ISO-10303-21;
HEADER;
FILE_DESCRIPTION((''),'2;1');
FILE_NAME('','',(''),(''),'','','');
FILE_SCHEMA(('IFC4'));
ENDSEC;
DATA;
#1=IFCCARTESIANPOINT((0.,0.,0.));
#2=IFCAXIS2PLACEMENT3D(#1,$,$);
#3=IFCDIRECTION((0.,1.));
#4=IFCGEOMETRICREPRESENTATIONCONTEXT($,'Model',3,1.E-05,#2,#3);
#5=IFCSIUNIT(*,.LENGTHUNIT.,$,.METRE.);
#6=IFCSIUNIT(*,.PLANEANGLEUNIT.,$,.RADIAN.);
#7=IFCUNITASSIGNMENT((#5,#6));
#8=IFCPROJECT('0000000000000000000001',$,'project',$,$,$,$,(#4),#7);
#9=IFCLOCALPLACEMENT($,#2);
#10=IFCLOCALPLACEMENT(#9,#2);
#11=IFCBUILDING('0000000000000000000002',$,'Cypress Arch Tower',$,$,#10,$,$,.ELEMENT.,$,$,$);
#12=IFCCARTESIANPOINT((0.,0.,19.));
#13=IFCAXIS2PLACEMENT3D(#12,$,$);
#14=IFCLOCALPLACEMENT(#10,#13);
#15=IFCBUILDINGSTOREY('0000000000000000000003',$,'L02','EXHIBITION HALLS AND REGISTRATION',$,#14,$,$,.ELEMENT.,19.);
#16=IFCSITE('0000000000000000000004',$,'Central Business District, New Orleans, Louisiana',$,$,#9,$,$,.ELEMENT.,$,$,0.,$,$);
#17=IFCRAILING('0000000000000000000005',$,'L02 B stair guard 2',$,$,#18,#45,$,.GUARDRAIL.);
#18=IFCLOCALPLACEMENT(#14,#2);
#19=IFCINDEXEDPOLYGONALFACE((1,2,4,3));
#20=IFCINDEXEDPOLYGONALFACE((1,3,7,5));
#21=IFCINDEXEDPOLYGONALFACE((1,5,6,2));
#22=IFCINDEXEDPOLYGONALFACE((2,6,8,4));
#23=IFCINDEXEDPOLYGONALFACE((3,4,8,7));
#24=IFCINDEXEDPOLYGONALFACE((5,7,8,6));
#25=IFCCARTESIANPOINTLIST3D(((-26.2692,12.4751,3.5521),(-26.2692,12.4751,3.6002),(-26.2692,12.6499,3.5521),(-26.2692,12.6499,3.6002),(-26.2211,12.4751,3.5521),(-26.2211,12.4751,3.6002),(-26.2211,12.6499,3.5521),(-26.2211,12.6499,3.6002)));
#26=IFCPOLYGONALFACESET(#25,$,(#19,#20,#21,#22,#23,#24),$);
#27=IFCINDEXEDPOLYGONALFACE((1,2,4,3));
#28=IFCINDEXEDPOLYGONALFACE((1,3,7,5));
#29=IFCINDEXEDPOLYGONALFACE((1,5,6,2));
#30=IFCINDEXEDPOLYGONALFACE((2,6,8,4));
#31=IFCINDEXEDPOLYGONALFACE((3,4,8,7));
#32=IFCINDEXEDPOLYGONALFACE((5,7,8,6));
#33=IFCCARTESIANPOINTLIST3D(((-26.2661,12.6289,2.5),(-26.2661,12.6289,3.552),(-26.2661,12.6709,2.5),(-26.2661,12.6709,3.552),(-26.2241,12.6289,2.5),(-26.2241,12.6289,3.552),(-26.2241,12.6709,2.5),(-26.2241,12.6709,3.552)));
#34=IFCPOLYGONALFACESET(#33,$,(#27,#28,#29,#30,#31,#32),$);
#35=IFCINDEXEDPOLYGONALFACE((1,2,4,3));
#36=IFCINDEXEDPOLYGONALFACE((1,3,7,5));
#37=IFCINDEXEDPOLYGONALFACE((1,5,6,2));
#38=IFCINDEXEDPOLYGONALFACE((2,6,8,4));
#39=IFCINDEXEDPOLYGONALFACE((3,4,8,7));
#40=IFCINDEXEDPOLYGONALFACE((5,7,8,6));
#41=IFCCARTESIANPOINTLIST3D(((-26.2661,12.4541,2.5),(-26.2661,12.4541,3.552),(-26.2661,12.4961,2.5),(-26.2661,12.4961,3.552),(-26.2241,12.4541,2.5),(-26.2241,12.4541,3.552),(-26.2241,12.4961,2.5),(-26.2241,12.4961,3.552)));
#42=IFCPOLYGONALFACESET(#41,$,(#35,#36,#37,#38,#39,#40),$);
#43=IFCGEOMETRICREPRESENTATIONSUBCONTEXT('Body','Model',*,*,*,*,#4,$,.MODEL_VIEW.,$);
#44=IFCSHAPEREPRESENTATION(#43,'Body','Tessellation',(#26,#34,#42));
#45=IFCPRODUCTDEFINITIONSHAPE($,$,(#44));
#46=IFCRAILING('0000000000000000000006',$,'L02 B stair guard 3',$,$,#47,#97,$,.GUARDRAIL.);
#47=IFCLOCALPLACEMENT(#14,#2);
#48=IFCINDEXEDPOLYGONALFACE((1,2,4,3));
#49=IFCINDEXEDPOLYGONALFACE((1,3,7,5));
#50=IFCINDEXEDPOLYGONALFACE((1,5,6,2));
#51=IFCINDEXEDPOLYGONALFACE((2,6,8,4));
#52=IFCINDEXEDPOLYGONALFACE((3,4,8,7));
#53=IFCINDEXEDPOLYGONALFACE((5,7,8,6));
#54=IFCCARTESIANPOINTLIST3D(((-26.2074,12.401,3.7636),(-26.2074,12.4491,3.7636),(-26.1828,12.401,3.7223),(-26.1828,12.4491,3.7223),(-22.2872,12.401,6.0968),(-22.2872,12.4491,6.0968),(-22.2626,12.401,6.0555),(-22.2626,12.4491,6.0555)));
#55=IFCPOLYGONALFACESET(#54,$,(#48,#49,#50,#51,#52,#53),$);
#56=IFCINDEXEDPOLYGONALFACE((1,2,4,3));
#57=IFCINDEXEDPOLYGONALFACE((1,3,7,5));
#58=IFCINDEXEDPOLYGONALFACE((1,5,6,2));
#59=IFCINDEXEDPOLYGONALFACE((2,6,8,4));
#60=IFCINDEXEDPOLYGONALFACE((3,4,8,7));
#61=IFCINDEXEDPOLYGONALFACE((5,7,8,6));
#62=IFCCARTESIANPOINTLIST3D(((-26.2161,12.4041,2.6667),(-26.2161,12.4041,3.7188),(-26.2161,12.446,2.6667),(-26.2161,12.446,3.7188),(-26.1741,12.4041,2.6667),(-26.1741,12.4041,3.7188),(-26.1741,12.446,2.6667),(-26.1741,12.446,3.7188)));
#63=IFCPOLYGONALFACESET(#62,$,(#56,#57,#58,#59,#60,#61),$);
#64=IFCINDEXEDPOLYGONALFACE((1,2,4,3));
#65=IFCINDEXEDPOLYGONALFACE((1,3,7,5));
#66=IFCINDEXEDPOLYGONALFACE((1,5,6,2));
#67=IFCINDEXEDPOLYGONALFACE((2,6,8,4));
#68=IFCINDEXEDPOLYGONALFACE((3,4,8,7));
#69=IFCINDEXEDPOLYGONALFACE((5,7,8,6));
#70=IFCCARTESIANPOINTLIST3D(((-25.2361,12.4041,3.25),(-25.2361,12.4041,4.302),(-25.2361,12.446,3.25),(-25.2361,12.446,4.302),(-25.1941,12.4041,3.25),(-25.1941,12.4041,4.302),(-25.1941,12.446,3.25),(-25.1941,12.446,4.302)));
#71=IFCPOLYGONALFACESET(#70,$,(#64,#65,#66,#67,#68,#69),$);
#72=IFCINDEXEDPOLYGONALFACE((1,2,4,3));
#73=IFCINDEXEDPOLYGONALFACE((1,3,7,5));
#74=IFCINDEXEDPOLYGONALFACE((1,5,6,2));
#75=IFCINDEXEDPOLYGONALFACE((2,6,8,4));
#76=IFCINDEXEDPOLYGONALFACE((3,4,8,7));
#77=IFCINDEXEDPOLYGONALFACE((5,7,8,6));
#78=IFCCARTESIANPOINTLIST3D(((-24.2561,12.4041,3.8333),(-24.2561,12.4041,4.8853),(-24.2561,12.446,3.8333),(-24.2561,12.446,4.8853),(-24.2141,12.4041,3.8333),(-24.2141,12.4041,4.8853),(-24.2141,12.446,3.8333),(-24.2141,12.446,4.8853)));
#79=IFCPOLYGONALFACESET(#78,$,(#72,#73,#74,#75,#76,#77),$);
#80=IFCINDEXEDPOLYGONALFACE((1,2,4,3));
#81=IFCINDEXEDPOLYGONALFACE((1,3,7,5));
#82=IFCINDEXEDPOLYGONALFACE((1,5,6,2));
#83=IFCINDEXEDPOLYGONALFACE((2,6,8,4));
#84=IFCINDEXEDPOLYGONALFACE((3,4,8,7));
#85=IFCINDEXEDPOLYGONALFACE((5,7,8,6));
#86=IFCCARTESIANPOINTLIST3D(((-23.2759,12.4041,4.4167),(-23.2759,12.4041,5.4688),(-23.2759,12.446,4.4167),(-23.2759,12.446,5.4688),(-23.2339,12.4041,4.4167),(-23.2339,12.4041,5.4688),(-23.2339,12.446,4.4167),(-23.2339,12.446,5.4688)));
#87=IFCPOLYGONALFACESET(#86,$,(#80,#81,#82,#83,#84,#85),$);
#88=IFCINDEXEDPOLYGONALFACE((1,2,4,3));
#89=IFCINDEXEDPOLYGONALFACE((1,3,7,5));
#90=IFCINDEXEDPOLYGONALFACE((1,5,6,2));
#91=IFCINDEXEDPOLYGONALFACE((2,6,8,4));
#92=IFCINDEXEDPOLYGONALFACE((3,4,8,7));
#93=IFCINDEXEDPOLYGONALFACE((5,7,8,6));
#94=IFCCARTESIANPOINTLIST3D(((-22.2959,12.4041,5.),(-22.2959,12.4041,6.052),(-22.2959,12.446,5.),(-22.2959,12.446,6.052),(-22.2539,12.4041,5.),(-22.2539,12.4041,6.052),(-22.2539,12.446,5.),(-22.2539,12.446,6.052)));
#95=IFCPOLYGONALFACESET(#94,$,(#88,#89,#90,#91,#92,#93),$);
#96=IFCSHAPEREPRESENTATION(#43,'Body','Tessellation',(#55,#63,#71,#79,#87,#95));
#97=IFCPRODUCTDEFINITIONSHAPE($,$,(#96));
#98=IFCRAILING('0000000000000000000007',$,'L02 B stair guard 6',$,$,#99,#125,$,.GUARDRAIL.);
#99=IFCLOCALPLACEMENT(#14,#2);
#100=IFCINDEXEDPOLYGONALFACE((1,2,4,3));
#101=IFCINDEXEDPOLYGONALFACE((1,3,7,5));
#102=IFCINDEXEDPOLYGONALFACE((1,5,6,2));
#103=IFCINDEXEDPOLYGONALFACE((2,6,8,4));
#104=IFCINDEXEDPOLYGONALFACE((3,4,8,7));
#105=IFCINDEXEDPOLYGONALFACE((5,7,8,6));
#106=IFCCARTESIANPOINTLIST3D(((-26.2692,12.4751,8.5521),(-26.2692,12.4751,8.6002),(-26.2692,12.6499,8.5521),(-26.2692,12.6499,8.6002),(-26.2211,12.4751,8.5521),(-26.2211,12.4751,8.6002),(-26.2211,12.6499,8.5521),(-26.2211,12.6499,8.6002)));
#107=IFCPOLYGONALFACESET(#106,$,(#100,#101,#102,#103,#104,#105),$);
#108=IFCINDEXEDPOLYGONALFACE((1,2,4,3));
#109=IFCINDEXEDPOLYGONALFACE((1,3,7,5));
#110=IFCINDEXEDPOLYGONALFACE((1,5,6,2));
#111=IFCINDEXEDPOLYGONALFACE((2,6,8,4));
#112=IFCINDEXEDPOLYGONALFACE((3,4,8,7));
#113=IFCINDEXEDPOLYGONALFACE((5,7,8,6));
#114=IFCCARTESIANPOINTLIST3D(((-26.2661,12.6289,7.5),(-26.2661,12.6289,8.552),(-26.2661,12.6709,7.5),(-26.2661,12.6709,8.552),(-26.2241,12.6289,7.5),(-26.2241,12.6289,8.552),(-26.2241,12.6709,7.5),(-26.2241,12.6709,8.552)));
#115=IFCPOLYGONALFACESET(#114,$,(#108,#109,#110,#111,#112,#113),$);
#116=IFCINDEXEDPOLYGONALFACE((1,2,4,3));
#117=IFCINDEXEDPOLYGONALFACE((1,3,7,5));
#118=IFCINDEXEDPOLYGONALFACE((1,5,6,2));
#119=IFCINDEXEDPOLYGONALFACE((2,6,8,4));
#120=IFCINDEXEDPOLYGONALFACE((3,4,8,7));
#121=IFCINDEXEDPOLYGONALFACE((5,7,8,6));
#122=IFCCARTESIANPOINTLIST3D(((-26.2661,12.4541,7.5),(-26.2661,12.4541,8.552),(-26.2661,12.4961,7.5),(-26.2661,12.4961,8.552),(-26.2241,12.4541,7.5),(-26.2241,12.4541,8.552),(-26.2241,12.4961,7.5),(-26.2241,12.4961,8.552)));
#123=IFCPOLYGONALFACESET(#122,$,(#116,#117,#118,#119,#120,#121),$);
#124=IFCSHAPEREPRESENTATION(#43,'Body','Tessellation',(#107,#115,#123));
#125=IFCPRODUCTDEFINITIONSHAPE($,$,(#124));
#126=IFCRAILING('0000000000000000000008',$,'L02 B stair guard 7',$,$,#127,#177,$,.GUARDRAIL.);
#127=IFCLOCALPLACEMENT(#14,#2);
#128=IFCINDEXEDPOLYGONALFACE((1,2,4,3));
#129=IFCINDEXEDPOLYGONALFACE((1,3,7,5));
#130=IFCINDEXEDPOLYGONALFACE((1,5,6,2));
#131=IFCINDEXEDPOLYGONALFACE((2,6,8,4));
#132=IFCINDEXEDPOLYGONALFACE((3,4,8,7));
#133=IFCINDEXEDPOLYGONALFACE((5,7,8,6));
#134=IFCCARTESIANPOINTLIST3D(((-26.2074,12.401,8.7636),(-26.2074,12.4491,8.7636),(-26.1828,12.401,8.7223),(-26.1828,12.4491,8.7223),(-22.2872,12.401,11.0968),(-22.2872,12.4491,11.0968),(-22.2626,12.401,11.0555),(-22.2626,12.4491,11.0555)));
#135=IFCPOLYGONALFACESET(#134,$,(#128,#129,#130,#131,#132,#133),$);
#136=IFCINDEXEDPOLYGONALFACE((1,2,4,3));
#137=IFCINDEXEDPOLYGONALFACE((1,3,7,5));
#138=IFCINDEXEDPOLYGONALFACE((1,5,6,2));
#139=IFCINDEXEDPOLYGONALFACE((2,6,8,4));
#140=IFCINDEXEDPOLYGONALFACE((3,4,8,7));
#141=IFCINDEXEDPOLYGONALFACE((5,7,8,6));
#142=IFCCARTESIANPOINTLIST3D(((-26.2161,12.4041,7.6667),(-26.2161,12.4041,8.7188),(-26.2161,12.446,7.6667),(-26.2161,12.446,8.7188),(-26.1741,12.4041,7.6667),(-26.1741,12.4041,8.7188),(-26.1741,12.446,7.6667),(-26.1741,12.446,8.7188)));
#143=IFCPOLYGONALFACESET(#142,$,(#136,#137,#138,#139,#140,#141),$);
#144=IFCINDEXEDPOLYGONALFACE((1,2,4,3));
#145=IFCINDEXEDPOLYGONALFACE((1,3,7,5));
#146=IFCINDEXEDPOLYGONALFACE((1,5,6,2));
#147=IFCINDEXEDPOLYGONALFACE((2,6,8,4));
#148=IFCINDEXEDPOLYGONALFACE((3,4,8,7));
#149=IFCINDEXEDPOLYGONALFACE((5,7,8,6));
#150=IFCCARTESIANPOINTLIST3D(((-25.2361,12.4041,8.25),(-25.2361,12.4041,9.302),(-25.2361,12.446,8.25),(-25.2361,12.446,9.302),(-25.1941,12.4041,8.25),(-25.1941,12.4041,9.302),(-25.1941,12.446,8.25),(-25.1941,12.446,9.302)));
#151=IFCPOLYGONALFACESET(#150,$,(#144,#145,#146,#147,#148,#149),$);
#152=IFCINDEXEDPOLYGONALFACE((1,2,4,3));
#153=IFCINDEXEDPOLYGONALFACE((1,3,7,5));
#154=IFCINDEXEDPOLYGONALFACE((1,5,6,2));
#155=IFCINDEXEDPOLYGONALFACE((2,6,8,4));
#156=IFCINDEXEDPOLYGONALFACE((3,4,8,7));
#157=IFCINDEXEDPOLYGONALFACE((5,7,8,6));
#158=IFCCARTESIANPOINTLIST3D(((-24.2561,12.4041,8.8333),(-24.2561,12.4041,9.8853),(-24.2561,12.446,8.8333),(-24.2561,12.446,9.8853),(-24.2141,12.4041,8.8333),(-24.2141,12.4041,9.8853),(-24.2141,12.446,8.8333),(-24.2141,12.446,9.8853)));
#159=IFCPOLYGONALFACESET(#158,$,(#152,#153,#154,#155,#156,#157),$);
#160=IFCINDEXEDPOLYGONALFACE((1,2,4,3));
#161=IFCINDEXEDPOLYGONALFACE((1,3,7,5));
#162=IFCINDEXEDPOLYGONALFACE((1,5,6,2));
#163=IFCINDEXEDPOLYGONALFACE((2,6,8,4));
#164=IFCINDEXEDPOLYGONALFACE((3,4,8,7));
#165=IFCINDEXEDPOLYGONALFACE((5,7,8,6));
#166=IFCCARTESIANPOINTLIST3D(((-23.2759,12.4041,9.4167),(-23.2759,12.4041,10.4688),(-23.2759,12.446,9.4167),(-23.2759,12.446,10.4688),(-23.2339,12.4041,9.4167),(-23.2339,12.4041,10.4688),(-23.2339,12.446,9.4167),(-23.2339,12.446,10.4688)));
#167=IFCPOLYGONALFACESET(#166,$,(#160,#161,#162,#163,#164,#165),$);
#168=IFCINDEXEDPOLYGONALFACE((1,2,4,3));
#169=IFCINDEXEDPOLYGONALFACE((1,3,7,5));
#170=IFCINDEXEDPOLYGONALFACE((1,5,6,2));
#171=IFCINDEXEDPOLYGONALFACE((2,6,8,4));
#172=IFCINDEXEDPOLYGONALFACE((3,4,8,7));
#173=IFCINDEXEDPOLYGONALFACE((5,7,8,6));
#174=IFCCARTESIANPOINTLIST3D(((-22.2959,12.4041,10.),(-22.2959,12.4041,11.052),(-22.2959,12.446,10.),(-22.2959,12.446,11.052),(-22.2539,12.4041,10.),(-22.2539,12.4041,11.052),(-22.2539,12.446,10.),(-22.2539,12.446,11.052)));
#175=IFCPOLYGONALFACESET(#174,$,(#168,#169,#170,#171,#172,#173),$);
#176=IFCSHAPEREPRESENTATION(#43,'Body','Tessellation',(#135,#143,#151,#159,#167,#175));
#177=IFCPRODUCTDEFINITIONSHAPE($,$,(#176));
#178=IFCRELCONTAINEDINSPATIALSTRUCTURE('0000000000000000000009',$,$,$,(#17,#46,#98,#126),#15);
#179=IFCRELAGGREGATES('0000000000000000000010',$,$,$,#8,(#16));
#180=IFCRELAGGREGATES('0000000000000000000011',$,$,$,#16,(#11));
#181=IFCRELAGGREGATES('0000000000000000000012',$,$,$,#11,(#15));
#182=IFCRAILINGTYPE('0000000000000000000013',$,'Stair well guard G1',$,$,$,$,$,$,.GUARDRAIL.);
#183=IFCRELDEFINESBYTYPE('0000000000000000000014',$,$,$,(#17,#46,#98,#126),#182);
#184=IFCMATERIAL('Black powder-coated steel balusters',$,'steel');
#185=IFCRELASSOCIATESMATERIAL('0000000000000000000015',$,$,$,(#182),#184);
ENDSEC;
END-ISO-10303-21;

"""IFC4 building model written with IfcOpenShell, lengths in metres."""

from ifc_helpers import new_model, si_unit, direction, frame, origin, origin_2d, place, context, subcontext, project, spatial, rectangle, extrude, material, type_object, element, save


model = new_model("IFC4")

# Units and contexts
model_context = context("Model", 3, precision=1e-05, world=origin(), true_north=direction((0.0, 1.0)))
body_context = subcontext(model_context, "Body", "Model", "MODEL_VIEW")
ifc_project = project(units=[si_unit("LENGTHUNIT", "METRE"), si_unit("PLANEANGLEUNIT", "RADIAN")], contexts=[model_context])

# Site, building, storey
site_placement = place(None, origin())
site = spatial("IfcSite", under=ifc_project, at=site_placement, Name="Central Business District, New Orleans, Louisiana", CompositionType="ELEMENT", RefElevation=0.0)
building_placement = place(site_placement, origin())
building = spatial("IfcBuilding", under=site, at=building_placement, Name="Cypress Arch Tower", CompositionType="ELEMENT")
storey_placement = place(building_placement, frame((0.0, 0.0, 19.0)))
storey = spatial("IfcBuildingStorey", under=building, at=storey_placement, Name="L02", Description="EXHIBITION HALLS AND REGISTRATION", CompositionType="ELEMENT", Elevation=19.0)

# Railings
ifc_material_1 = material(Name="Black powder-coated steel balusters", Category="steel")
railing_type_1 = type_object("IfcRailingType", Name="Stair well guard G1", PredefinedType="GUARDRAIL", material=ifc_material_1)
railing_1_placement = place(storey_placement, frame((-26.2451, 12.6499, 2.5)))
element("IfcRailing", 1, at=railing_1_placement, inside=storey, type_object=railing_type_1, Name="L02 B stair guard 2", PredefinedType="GUARDRAIL", context=body_context, shape_type="SweptSolid", body=[
    extrude(rectangle(XDim=0.0481, YDim=0.0481, at=origin_2d()), frame((0.0, 0.0, 1.0762), z_axis=(0.0, -1.0, 0.0), x_axis=(1.0, 0.0, 0.0)), (0.0, 0.0, 1.0), 0.1748),
    extrude(rectangle(XDim=0.042, YDim=0.042, at=origin_2d()), origin(), (0.0, 0.0, 1.0), 1.052),
    extrude(rectangle(XDim=0.042, YDim=0.042, at=origin_2d()), frame((0.0, -0.1748, 0.0)), (0.0, 0.0, 1.0), 1.052),
])
railing_2_placement = place(storey_placement, frame((-26.1951, 12.425, 2.6667)))
element("IfcRailing", 2, at=railing_2_placement, inside=storey, type_object=railing_type_1, Name="L02 B stair guard 3", PredefinedType="GUARDRAIL", context=body_context, shape_type="SweptSolid", body=[
    extrude(rectangle(XDim=0.0481, YDim=0.0481, at=origin_2d()), frame((0.0, 0.0, 1.0762), z_axis=(0.85931, 0.0, 0.511455), x_axis=(0.0, 1.0, 0.0)), (0.0, 0.0, 1.0), 4.562),
    extrude(rectangle(XDim=0.042, YDim=0.042, at=origin_2d()), origin(), (0.0, 0.0, 1.0), 1.052),
    extrude(rectangle(XDim=0.042, YDim=0.042, at=origin_2d()), frame((0.98, 0.0, 0.5833)), (0.0, 0.0, 1.0), 1.052),
    extrude(rectangle(XDim=0.042, YDim=0.042, at=origin_2d()), frame((1.96, 0.0, 1.1665)), (0.0, 0.0, 1.0), 1.052),
    extrude(rectangle(XDim=0.042, YDim=0.042, at=origin_2d()), frame((2.9402, 0.0, 1.75)), (0.0, 0.0, 1.0), 1.052),
    extrude(rectangle(XDim=0.042, YDim=0.042, at=origin_2d()), frame((3.9202, 0.0, 2.3333)), (0.0, 0.0, 1.0), 1.052),
])
railing_3_placement = place(storey_placement, frame((-26.2451, 12.6499, 7.5)))
element("IfcRailing", 3, at=railing_3_placement, inside=storey, type_object=railing_type_1, Name="L02 B stair guard 6", PredefinedType="GUARDRAIL", context=body_context, shape_type="SweptSolid", body=[
    extrude(rectangle(XDim=0.0481, YDim=0.0481, at=origin_2d()), frame((0.0, 0.0, 1.0762), z_axis=(0.0, -1.0, 0.0), x_axis=(1.0, 0.0, 0.0)), (0.0, 0.0, 1.0), 0.1748),
    extrude(rectangle(XDim=0.042, YDim=0.042, at=origin_2d()), origin(), (0.0, 0.0, 1.0), 1.052),
    extrude(rectangle(XDim=0.042, YDim=0.042, at=origin_2d()), frame((0.0, -0.1748, 0.0)), (0.0, 0.0, 1.0), 1.052),
])
railing_4_placement = place(storey_placement, frame((-26.1951, 12.425, 7.6667)))
element("IfcRailing", 4, at=railing_4_placement, inside=storey, type_object=railing_type_1, Name="L02 B stair guard 7", PredefinedType="GUARDRAIL", context=body_context, shape_type="SweptSolid", body=[
    extrude(rectangle(XDim=0.0481, YDim=0.0481, at=origin_2d()), frame((0.0, 0.0, 1.0762), z_axis=(0.85931, 0.0, 0.511455), x_axis=(0.0, 1.0, 0.0)), (0.0, 0.0, 1.0), 4.562),
    extrude(rectangle(XDim=0.042, YDim=0.042, at=origin_2d()), origin(), (0.0, 0.0, 1.0), 1.052),
    extrude(rectangle(XDim=0.042, YDim=0.042, at=origin_2d()), frame((0.98, 0.0, 0.5833)), (0.0, 0.0, 1.0), 1.052),
    extrude(rectangle(XDim=0.042, YDim=0.042, at=origin_2d()), frame((1.96, 0.0, 1.1665)), (0.0, 0.0, 1.0), 1.052),
    extrude(rectangle(XDim=0.042, YDim=0.042, at=origin_2d()), frame((2.9402, 0.0, 1.75)), (0.0, 0.0, 1.0), 1.052),
    extrude(rectangle(XDim=0.042, YDim=0.042, at=origin_2d()), frame((3.9202, 0.0, 2.3333)), (0.0, 0.0, 1.0), 1.052),
])

save(model, "model.ifc")
